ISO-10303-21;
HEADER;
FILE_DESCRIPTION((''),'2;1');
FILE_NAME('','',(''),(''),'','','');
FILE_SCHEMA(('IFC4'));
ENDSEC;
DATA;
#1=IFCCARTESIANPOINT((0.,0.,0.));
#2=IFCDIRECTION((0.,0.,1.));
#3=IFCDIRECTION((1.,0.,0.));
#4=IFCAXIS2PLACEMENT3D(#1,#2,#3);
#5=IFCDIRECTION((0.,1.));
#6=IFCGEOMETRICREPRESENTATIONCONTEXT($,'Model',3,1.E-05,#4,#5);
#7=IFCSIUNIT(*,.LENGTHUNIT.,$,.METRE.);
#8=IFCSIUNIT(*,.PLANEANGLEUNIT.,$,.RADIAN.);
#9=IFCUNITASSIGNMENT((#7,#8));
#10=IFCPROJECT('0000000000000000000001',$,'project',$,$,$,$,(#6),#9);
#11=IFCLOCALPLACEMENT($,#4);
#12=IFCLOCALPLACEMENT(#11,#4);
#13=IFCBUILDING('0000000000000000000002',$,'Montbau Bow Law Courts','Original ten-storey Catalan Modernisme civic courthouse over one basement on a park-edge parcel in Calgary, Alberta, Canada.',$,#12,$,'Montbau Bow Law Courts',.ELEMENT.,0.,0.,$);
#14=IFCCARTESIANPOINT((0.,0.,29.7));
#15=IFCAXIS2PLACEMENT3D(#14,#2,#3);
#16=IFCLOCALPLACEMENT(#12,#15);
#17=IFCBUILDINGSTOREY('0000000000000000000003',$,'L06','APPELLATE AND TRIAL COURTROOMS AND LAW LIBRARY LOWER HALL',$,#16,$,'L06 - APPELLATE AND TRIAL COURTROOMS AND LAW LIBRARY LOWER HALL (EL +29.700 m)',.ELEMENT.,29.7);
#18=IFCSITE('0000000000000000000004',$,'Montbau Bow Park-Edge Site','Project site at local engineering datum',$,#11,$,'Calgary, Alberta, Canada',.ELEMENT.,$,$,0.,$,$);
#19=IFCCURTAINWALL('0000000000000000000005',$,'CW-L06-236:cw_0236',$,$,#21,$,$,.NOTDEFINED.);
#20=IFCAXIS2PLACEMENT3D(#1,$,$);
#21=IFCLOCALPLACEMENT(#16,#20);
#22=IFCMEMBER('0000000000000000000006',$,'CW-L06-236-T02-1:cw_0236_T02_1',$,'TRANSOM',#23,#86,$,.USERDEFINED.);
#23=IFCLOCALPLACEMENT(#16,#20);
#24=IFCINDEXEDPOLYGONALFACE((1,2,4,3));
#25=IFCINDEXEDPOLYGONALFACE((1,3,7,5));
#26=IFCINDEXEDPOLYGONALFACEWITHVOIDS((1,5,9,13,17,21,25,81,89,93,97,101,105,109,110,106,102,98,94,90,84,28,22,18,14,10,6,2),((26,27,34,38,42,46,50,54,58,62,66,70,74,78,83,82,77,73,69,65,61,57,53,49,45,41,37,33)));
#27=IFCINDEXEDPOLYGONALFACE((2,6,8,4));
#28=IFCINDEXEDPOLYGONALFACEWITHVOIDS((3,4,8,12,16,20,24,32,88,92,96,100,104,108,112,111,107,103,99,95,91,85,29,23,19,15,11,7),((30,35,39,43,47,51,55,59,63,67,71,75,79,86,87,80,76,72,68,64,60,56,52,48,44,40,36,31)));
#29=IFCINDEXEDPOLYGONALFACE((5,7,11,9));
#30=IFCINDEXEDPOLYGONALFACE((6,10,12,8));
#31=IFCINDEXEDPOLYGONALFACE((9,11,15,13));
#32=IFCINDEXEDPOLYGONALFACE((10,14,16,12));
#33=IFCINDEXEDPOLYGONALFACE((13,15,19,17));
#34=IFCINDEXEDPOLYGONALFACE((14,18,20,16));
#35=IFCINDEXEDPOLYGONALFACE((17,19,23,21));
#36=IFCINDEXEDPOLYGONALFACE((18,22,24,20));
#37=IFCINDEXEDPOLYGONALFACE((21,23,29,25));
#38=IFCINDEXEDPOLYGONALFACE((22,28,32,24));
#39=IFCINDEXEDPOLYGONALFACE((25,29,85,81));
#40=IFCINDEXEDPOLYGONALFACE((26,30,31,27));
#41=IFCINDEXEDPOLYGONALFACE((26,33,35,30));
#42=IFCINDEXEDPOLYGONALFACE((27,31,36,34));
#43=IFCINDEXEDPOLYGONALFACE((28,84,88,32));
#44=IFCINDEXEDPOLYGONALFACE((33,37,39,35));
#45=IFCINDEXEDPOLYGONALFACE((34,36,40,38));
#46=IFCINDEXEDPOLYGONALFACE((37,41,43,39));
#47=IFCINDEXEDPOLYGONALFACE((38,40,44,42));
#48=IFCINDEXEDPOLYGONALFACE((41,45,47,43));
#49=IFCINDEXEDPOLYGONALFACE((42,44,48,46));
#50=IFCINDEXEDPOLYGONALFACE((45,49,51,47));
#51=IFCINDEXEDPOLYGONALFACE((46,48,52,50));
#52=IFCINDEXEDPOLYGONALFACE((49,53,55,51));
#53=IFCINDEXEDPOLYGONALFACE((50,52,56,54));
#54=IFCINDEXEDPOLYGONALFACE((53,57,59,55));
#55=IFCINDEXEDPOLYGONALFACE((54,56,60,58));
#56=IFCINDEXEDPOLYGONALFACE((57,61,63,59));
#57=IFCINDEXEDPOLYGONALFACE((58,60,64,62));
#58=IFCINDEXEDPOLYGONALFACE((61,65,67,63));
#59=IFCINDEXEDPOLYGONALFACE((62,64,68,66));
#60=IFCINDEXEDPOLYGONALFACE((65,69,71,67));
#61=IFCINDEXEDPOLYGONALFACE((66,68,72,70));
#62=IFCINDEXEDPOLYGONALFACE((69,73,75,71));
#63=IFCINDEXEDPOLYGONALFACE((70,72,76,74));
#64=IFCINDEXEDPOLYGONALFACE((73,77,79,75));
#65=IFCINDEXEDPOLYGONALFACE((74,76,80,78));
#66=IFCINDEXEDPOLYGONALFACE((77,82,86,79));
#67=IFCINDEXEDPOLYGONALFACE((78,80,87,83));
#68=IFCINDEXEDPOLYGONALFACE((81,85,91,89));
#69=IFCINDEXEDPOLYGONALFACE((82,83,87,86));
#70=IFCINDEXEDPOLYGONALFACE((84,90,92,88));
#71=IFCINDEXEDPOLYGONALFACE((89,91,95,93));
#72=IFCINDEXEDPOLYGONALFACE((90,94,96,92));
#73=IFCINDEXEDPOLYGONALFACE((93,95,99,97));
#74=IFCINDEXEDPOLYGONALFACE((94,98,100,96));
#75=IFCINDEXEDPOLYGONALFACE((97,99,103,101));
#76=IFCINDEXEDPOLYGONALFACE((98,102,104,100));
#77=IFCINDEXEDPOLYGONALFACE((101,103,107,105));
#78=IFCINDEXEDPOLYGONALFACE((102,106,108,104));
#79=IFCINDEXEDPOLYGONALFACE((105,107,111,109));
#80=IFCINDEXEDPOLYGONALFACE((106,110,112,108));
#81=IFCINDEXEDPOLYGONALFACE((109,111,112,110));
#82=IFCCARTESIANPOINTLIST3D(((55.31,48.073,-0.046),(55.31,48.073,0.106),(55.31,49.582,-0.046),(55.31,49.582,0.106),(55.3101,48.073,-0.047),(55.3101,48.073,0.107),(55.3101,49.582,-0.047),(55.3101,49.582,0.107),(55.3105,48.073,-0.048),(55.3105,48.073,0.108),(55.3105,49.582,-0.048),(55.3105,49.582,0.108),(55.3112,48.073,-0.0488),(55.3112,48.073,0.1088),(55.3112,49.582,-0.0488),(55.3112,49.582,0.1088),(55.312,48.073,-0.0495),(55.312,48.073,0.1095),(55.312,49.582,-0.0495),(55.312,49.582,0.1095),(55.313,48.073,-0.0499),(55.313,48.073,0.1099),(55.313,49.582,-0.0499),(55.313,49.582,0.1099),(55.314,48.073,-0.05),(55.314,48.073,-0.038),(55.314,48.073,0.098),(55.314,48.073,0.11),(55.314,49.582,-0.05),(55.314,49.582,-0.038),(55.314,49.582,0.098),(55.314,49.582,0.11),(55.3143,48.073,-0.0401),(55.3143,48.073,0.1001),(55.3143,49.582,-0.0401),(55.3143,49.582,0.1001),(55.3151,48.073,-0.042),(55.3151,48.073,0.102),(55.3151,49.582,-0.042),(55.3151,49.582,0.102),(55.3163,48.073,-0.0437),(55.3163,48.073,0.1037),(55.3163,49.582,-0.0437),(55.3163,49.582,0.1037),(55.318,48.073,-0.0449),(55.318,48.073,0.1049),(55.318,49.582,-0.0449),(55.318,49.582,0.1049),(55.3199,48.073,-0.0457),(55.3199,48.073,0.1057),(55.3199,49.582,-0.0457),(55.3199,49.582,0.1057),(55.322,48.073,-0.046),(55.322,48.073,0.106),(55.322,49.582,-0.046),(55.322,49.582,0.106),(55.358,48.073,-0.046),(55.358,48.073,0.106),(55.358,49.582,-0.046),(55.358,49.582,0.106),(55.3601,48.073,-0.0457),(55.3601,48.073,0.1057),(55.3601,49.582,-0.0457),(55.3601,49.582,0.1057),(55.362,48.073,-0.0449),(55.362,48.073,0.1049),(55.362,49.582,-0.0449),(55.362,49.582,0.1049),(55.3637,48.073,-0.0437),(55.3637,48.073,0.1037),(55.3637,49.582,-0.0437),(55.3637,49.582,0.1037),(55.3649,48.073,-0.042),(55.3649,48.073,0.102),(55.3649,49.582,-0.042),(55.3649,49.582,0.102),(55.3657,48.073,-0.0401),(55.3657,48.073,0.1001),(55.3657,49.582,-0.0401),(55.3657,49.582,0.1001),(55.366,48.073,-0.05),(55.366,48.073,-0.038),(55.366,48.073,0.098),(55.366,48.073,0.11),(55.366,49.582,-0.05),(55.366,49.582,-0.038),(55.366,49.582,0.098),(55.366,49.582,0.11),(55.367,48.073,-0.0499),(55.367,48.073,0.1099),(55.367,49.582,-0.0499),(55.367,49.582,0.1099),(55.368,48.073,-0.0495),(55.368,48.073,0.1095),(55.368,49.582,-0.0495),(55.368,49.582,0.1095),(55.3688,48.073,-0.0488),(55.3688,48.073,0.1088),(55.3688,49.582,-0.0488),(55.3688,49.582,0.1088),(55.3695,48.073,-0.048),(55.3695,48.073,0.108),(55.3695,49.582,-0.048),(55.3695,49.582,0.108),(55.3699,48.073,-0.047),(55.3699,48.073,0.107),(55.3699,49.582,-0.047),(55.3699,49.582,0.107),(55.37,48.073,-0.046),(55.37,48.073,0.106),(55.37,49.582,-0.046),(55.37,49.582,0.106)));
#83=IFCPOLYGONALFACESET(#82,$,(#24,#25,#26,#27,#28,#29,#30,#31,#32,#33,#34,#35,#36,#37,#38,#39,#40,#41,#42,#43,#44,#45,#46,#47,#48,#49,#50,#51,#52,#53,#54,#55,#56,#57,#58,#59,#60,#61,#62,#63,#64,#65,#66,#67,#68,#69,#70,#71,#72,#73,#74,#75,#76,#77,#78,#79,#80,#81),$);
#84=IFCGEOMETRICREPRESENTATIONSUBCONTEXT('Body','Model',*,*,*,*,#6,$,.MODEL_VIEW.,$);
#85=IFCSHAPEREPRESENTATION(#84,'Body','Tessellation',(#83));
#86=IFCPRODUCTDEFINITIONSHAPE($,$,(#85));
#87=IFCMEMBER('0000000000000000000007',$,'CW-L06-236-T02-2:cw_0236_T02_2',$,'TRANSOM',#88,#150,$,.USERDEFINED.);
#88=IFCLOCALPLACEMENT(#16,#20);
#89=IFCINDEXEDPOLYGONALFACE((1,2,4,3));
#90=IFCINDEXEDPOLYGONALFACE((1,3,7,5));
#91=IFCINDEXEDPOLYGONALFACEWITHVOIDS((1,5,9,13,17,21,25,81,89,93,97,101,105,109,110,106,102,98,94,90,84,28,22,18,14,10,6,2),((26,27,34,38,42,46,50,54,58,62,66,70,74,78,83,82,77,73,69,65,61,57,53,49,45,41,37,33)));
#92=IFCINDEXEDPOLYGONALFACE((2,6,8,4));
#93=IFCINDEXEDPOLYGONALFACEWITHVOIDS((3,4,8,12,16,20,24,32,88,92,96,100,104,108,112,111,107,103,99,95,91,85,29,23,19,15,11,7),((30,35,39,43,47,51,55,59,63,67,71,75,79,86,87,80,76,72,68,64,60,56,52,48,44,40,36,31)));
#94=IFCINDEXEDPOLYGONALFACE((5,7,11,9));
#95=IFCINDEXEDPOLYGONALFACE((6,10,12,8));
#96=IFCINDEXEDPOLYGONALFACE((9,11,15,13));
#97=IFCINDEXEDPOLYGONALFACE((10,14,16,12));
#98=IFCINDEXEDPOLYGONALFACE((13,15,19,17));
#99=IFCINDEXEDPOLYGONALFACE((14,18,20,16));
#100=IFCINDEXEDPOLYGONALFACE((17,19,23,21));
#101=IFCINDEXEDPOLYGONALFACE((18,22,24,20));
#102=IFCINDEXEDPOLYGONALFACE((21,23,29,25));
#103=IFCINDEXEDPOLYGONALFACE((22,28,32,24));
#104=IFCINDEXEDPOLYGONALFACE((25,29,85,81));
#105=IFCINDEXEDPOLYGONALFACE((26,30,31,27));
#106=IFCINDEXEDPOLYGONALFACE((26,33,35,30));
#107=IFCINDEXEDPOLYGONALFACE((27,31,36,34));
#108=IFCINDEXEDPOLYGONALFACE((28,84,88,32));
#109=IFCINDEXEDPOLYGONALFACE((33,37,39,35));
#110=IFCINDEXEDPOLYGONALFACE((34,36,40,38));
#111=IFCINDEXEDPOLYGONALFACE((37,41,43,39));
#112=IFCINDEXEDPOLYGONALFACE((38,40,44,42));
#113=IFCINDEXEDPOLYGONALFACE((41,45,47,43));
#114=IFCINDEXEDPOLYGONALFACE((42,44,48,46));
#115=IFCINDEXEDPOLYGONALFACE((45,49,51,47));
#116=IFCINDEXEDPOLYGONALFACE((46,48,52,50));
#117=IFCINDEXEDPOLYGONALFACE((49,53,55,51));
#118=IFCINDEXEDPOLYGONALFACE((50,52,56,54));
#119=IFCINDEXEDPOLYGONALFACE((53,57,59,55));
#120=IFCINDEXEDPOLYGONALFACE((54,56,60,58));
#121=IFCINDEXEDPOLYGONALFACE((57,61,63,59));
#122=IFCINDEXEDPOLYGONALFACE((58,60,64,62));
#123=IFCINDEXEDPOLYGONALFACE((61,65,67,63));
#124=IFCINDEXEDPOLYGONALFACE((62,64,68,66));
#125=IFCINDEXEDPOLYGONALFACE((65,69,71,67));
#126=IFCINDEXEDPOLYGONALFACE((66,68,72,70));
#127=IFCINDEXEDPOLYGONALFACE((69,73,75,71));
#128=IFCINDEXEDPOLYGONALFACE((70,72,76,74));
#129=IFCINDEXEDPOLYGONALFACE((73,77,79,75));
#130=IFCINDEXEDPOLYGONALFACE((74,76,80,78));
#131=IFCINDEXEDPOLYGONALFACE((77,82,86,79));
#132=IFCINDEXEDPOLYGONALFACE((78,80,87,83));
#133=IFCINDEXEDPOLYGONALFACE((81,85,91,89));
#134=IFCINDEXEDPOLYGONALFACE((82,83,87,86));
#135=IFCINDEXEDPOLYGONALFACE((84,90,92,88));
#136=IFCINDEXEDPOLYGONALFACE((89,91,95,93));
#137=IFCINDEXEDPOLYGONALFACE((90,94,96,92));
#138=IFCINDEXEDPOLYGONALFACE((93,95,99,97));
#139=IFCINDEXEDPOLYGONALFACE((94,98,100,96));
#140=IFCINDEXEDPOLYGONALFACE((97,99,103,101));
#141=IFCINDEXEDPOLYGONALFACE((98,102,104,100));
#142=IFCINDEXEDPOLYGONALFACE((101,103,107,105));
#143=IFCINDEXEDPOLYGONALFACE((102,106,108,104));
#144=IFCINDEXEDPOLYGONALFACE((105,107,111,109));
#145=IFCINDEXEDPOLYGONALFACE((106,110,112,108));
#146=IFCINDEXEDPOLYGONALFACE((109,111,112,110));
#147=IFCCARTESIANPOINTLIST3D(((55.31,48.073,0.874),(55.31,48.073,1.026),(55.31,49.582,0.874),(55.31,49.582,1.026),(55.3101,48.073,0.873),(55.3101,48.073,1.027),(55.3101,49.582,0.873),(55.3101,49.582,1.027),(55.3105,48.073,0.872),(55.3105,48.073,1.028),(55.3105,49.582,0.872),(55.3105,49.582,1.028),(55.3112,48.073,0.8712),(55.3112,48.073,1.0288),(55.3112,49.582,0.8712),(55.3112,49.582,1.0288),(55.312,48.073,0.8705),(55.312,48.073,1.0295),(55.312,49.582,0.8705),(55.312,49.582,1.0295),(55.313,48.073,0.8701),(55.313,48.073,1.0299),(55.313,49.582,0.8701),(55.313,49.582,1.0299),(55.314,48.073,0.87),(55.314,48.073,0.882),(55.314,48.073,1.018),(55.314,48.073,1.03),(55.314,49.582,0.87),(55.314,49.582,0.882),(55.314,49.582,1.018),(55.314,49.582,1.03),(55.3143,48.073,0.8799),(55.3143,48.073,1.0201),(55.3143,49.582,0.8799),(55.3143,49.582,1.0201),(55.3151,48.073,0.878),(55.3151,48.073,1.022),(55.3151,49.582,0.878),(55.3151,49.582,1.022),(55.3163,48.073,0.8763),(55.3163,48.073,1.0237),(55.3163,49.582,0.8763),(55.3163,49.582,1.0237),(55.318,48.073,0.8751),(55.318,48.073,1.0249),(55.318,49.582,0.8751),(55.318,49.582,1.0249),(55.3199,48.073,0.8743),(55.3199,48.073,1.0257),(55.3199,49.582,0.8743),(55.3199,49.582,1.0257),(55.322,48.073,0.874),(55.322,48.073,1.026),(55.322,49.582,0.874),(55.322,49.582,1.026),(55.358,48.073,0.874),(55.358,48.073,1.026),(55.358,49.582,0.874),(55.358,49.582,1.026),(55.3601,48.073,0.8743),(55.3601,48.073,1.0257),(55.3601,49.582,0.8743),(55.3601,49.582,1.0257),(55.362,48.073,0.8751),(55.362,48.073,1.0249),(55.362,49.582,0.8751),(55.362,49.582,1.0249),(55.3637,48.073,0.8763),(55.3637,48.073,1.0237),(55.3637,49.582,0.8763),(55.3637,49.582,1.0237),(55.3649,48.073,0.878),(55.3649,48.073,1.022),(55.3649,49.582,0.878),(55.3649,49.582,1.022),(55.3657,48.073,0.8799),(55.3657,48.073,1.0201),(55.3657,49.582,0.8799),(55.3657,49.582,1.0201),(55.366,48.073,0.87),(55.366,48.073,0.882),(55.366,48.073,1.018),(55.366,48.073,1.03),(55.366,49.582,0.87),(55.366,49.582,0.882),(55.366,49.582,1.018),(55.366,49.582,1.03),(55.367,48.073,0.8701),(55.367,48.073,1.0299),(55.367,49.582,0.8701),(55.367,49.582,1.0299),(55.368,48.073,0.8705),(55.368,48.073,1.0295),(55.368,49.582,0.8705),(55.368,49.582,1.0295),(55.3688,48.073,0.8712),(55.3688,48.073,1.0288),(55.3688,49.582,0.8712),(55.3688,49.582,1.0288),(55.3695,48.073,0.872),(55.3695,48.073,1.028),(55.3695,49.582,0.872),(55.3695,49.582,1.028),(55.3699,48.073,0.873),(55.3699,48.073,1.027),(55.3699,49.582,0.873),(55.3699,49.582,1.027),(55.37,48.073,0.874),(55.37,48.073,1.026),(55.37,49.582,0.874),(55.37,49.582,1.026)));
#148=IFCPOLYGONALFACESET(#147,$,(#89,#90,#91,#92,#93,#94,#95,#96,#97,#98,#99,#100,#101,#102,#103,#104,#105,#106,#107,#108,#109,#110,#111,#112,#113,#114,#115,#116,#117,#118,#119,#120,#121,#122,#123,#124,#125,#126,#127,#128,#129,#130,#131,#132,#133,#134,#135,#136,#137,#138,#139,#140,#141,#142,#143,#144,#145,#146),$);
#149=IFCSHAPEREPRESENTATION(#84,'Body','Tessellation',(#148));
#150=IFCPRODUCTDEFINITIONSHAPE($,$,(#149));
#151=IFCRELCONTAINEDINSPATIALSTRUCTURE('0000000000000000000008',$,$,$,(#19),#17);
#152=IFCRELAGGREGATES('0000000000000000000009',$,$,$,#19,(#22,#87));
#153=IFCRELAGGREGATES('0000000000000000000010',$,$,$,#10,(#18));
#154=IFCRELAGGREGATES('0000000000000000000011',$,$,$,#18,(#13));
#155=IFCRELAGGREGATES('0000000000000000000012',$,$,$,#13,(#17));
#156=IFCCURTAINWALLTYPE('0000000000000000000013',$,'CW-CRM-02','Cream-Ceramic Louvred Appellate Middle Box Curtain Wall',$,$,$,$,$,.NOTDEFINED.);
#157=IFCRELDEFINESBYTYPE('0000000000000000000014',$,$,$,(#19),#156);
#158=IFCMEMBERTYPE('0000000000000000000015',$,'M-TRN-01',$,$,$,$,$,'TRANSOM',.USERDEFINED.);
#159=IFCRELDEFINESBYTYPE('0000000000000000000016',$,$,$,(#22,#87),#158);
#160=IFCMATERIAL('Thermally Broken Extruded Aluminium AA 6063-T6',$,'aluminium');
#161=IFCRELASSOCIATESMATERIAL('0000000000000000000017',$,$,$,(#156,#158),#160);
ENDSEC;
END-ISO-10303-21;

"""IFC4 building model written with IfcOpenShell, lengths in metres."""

from ifc_helpers import new_model, si_unit, direction, frame, origin_with_axes, origin_2d_with_axis, place, context, subcontext, project, spatial, hollow_rectangle, extrude, material, material_profile, profile_set, type_object, element, aggregate, save


model = new_model("IFC4")

# Units and contexts
model_context = context("Model", 3, precision=1e-05, world=origin_with_axes(), true_north=direction((0.0, 1.0)))
body_context = subcontext(model_context, "Body", "Model", "MODEL_VIEW")
ifc_project = project(units=[si_unit("LENGTHUNIT", "METRE"), si_unit("PLANEANGLEUNIT", "RADIAN")], contexts=[model_context])

# Site, building, storey
site_placement = place(None, origin_with_axes())
site = spatial("IfcSite", under=ifc_project, at=site_placement, Name="Montbau Bow Park-Edge Site", Description="Project site at local engineering datum", LongName="Calgary, Alberta, Canada", CompositionType="ELEMENT", RefElevation=0.0)
building_placement = place(site_placement, origin_with_axes())
building = spatial("IfcBuilding", under=site, at=building_placement, Name="Montbau Bow Law Courts", Description="Original ten-storey Catalan Modernisme civic courthouse over one basement on a park-edge parcel in Calgary, Alberta, Canada.", LongName="Montbau Bow Law Courts", CompositionType="ELEMENT", ElevationOfRefHeight=0.0, ElevationOfTerrain=0.0)
storey_placement = place(building_placement, frame((0.0, 0.0, 29.7), z_axis=(0.0, 0.0, 1.0), x_axis=(1.0, 0.0, 0.0)))
storey = spatial("IfcBuildingStorey", under=building, at=storey_placement, Name="L06", Description="APPELLATE AND TRIAL COURTROOMS AND LAW LIBRARY LOWER HALL", LongName="L06 - APPELLATE AND TRIAL COURTROOMS AND LAW LIBRARY LOWER HALL (EL +29.700 m)", CompositionType="ELEMENT", Elevation=29.7)

# Shared definitions
ifc_material_1 = material(Name="Thermally Broken Extruded Aluminium AA 6063-T6", Category="aluminium")
curtain_wall_type = type_object("IfcCurtainWallType", Name="CW-CRM-02", Description="Cream-Ceramic Louvred Appellate Middle Box Curtain Wall", PredefinedType="NOTDEFINED", material=ifc_material_1)

# Curtain wall, members
curtain_wall_1_placement = place(None, frame((55.34, 46.468, 29.7), z_axis=(0.0, 0.0, 1.0), x_axis=(1.0, 0.0, 0.0)))
curtain_wall_1 = element("IfcCurtainWall", 1, at=curtain_wall_1_placement, inside=storey, type_object=curtain_wall_type, Name="CW-L06-236:cw_0236", PredefinedType="NOTDEFINED")
ifc_material_profile_1 = material_profile(ifc_material_1, hollow_rectangle(XDim=0.06, YDim=0.16, WallThickness=0.004, InnerFilletRadius=0.008, OuterFilletRadius=0.004, at=origin_2d_with_axis()), Name="CWT-160X60", Category="Main", Priority=0)
ifc_profile_set_1 = profile_set([ifc_material_profile_1], Name="Thermally Broken Extruded Aluminium AA 6063-T6")
member_type_1 = type_object("IfcMemberType", Name="M-TRN-01", ElementType="TRANSOM", PredefinedType="USERDEFINED", material=ifc_profile_set_1)
member_1_placement = place(None, frame((55.34, 48.073, 29.73), z_axis=(0.0, 1.0, 0.0), x_axis=(-1.0, 0.0, 0.0)))
member_1 = element("IfcMember", 2, at=member_1_placement, type_object=member_type_1, Name="CW-L06-236-T02-1:cw_0236_T02_1", ObjectType="TRANSOM", PredefinedType="USERDEFINED", context=body_context, shape_type="SweptSolid", body=[
    extrude(hollow_rectangle(XDim=0.06, YDim=0.16, WallThickness=0.004, InnerFilletRadius=0.008, OuterFilletRadius=0.004, at=origin_2d_with_axis()), origin_with_axes(), (0.0, 0.0, 1.0), 1.509),
])
member_2_placement = place(None, frame((55.34, 48.073, 30.65), z_axis=(0.0, 1.0, 0.0), x_axis=(-1.0, 0.0, 0.0)))
member_2 = element("IfcMember", 3, at=member_2_placement, type_object=member_type_1, Name="CW-L06-236-T02-2:cw_0236_T02_2", ObjectType="TRANSOM", PredefinedType="USERDEFINED", context=body_context, shape_type="SweptSolid", body=[
    extrude(hollow_rectangle(XDim=0.06, YDim=0.16, WallThickness=0.004, InnerFilletRadius=0.008, OuterFilletRadius=0.004, at=origin_2d_with_axis()), origin_with_axes(), (0.0, 0.0, 1.0), 1.509),
])

aggregate(curtain_wall_1, [member_1, member_2])

save(model, "model.ifc")
